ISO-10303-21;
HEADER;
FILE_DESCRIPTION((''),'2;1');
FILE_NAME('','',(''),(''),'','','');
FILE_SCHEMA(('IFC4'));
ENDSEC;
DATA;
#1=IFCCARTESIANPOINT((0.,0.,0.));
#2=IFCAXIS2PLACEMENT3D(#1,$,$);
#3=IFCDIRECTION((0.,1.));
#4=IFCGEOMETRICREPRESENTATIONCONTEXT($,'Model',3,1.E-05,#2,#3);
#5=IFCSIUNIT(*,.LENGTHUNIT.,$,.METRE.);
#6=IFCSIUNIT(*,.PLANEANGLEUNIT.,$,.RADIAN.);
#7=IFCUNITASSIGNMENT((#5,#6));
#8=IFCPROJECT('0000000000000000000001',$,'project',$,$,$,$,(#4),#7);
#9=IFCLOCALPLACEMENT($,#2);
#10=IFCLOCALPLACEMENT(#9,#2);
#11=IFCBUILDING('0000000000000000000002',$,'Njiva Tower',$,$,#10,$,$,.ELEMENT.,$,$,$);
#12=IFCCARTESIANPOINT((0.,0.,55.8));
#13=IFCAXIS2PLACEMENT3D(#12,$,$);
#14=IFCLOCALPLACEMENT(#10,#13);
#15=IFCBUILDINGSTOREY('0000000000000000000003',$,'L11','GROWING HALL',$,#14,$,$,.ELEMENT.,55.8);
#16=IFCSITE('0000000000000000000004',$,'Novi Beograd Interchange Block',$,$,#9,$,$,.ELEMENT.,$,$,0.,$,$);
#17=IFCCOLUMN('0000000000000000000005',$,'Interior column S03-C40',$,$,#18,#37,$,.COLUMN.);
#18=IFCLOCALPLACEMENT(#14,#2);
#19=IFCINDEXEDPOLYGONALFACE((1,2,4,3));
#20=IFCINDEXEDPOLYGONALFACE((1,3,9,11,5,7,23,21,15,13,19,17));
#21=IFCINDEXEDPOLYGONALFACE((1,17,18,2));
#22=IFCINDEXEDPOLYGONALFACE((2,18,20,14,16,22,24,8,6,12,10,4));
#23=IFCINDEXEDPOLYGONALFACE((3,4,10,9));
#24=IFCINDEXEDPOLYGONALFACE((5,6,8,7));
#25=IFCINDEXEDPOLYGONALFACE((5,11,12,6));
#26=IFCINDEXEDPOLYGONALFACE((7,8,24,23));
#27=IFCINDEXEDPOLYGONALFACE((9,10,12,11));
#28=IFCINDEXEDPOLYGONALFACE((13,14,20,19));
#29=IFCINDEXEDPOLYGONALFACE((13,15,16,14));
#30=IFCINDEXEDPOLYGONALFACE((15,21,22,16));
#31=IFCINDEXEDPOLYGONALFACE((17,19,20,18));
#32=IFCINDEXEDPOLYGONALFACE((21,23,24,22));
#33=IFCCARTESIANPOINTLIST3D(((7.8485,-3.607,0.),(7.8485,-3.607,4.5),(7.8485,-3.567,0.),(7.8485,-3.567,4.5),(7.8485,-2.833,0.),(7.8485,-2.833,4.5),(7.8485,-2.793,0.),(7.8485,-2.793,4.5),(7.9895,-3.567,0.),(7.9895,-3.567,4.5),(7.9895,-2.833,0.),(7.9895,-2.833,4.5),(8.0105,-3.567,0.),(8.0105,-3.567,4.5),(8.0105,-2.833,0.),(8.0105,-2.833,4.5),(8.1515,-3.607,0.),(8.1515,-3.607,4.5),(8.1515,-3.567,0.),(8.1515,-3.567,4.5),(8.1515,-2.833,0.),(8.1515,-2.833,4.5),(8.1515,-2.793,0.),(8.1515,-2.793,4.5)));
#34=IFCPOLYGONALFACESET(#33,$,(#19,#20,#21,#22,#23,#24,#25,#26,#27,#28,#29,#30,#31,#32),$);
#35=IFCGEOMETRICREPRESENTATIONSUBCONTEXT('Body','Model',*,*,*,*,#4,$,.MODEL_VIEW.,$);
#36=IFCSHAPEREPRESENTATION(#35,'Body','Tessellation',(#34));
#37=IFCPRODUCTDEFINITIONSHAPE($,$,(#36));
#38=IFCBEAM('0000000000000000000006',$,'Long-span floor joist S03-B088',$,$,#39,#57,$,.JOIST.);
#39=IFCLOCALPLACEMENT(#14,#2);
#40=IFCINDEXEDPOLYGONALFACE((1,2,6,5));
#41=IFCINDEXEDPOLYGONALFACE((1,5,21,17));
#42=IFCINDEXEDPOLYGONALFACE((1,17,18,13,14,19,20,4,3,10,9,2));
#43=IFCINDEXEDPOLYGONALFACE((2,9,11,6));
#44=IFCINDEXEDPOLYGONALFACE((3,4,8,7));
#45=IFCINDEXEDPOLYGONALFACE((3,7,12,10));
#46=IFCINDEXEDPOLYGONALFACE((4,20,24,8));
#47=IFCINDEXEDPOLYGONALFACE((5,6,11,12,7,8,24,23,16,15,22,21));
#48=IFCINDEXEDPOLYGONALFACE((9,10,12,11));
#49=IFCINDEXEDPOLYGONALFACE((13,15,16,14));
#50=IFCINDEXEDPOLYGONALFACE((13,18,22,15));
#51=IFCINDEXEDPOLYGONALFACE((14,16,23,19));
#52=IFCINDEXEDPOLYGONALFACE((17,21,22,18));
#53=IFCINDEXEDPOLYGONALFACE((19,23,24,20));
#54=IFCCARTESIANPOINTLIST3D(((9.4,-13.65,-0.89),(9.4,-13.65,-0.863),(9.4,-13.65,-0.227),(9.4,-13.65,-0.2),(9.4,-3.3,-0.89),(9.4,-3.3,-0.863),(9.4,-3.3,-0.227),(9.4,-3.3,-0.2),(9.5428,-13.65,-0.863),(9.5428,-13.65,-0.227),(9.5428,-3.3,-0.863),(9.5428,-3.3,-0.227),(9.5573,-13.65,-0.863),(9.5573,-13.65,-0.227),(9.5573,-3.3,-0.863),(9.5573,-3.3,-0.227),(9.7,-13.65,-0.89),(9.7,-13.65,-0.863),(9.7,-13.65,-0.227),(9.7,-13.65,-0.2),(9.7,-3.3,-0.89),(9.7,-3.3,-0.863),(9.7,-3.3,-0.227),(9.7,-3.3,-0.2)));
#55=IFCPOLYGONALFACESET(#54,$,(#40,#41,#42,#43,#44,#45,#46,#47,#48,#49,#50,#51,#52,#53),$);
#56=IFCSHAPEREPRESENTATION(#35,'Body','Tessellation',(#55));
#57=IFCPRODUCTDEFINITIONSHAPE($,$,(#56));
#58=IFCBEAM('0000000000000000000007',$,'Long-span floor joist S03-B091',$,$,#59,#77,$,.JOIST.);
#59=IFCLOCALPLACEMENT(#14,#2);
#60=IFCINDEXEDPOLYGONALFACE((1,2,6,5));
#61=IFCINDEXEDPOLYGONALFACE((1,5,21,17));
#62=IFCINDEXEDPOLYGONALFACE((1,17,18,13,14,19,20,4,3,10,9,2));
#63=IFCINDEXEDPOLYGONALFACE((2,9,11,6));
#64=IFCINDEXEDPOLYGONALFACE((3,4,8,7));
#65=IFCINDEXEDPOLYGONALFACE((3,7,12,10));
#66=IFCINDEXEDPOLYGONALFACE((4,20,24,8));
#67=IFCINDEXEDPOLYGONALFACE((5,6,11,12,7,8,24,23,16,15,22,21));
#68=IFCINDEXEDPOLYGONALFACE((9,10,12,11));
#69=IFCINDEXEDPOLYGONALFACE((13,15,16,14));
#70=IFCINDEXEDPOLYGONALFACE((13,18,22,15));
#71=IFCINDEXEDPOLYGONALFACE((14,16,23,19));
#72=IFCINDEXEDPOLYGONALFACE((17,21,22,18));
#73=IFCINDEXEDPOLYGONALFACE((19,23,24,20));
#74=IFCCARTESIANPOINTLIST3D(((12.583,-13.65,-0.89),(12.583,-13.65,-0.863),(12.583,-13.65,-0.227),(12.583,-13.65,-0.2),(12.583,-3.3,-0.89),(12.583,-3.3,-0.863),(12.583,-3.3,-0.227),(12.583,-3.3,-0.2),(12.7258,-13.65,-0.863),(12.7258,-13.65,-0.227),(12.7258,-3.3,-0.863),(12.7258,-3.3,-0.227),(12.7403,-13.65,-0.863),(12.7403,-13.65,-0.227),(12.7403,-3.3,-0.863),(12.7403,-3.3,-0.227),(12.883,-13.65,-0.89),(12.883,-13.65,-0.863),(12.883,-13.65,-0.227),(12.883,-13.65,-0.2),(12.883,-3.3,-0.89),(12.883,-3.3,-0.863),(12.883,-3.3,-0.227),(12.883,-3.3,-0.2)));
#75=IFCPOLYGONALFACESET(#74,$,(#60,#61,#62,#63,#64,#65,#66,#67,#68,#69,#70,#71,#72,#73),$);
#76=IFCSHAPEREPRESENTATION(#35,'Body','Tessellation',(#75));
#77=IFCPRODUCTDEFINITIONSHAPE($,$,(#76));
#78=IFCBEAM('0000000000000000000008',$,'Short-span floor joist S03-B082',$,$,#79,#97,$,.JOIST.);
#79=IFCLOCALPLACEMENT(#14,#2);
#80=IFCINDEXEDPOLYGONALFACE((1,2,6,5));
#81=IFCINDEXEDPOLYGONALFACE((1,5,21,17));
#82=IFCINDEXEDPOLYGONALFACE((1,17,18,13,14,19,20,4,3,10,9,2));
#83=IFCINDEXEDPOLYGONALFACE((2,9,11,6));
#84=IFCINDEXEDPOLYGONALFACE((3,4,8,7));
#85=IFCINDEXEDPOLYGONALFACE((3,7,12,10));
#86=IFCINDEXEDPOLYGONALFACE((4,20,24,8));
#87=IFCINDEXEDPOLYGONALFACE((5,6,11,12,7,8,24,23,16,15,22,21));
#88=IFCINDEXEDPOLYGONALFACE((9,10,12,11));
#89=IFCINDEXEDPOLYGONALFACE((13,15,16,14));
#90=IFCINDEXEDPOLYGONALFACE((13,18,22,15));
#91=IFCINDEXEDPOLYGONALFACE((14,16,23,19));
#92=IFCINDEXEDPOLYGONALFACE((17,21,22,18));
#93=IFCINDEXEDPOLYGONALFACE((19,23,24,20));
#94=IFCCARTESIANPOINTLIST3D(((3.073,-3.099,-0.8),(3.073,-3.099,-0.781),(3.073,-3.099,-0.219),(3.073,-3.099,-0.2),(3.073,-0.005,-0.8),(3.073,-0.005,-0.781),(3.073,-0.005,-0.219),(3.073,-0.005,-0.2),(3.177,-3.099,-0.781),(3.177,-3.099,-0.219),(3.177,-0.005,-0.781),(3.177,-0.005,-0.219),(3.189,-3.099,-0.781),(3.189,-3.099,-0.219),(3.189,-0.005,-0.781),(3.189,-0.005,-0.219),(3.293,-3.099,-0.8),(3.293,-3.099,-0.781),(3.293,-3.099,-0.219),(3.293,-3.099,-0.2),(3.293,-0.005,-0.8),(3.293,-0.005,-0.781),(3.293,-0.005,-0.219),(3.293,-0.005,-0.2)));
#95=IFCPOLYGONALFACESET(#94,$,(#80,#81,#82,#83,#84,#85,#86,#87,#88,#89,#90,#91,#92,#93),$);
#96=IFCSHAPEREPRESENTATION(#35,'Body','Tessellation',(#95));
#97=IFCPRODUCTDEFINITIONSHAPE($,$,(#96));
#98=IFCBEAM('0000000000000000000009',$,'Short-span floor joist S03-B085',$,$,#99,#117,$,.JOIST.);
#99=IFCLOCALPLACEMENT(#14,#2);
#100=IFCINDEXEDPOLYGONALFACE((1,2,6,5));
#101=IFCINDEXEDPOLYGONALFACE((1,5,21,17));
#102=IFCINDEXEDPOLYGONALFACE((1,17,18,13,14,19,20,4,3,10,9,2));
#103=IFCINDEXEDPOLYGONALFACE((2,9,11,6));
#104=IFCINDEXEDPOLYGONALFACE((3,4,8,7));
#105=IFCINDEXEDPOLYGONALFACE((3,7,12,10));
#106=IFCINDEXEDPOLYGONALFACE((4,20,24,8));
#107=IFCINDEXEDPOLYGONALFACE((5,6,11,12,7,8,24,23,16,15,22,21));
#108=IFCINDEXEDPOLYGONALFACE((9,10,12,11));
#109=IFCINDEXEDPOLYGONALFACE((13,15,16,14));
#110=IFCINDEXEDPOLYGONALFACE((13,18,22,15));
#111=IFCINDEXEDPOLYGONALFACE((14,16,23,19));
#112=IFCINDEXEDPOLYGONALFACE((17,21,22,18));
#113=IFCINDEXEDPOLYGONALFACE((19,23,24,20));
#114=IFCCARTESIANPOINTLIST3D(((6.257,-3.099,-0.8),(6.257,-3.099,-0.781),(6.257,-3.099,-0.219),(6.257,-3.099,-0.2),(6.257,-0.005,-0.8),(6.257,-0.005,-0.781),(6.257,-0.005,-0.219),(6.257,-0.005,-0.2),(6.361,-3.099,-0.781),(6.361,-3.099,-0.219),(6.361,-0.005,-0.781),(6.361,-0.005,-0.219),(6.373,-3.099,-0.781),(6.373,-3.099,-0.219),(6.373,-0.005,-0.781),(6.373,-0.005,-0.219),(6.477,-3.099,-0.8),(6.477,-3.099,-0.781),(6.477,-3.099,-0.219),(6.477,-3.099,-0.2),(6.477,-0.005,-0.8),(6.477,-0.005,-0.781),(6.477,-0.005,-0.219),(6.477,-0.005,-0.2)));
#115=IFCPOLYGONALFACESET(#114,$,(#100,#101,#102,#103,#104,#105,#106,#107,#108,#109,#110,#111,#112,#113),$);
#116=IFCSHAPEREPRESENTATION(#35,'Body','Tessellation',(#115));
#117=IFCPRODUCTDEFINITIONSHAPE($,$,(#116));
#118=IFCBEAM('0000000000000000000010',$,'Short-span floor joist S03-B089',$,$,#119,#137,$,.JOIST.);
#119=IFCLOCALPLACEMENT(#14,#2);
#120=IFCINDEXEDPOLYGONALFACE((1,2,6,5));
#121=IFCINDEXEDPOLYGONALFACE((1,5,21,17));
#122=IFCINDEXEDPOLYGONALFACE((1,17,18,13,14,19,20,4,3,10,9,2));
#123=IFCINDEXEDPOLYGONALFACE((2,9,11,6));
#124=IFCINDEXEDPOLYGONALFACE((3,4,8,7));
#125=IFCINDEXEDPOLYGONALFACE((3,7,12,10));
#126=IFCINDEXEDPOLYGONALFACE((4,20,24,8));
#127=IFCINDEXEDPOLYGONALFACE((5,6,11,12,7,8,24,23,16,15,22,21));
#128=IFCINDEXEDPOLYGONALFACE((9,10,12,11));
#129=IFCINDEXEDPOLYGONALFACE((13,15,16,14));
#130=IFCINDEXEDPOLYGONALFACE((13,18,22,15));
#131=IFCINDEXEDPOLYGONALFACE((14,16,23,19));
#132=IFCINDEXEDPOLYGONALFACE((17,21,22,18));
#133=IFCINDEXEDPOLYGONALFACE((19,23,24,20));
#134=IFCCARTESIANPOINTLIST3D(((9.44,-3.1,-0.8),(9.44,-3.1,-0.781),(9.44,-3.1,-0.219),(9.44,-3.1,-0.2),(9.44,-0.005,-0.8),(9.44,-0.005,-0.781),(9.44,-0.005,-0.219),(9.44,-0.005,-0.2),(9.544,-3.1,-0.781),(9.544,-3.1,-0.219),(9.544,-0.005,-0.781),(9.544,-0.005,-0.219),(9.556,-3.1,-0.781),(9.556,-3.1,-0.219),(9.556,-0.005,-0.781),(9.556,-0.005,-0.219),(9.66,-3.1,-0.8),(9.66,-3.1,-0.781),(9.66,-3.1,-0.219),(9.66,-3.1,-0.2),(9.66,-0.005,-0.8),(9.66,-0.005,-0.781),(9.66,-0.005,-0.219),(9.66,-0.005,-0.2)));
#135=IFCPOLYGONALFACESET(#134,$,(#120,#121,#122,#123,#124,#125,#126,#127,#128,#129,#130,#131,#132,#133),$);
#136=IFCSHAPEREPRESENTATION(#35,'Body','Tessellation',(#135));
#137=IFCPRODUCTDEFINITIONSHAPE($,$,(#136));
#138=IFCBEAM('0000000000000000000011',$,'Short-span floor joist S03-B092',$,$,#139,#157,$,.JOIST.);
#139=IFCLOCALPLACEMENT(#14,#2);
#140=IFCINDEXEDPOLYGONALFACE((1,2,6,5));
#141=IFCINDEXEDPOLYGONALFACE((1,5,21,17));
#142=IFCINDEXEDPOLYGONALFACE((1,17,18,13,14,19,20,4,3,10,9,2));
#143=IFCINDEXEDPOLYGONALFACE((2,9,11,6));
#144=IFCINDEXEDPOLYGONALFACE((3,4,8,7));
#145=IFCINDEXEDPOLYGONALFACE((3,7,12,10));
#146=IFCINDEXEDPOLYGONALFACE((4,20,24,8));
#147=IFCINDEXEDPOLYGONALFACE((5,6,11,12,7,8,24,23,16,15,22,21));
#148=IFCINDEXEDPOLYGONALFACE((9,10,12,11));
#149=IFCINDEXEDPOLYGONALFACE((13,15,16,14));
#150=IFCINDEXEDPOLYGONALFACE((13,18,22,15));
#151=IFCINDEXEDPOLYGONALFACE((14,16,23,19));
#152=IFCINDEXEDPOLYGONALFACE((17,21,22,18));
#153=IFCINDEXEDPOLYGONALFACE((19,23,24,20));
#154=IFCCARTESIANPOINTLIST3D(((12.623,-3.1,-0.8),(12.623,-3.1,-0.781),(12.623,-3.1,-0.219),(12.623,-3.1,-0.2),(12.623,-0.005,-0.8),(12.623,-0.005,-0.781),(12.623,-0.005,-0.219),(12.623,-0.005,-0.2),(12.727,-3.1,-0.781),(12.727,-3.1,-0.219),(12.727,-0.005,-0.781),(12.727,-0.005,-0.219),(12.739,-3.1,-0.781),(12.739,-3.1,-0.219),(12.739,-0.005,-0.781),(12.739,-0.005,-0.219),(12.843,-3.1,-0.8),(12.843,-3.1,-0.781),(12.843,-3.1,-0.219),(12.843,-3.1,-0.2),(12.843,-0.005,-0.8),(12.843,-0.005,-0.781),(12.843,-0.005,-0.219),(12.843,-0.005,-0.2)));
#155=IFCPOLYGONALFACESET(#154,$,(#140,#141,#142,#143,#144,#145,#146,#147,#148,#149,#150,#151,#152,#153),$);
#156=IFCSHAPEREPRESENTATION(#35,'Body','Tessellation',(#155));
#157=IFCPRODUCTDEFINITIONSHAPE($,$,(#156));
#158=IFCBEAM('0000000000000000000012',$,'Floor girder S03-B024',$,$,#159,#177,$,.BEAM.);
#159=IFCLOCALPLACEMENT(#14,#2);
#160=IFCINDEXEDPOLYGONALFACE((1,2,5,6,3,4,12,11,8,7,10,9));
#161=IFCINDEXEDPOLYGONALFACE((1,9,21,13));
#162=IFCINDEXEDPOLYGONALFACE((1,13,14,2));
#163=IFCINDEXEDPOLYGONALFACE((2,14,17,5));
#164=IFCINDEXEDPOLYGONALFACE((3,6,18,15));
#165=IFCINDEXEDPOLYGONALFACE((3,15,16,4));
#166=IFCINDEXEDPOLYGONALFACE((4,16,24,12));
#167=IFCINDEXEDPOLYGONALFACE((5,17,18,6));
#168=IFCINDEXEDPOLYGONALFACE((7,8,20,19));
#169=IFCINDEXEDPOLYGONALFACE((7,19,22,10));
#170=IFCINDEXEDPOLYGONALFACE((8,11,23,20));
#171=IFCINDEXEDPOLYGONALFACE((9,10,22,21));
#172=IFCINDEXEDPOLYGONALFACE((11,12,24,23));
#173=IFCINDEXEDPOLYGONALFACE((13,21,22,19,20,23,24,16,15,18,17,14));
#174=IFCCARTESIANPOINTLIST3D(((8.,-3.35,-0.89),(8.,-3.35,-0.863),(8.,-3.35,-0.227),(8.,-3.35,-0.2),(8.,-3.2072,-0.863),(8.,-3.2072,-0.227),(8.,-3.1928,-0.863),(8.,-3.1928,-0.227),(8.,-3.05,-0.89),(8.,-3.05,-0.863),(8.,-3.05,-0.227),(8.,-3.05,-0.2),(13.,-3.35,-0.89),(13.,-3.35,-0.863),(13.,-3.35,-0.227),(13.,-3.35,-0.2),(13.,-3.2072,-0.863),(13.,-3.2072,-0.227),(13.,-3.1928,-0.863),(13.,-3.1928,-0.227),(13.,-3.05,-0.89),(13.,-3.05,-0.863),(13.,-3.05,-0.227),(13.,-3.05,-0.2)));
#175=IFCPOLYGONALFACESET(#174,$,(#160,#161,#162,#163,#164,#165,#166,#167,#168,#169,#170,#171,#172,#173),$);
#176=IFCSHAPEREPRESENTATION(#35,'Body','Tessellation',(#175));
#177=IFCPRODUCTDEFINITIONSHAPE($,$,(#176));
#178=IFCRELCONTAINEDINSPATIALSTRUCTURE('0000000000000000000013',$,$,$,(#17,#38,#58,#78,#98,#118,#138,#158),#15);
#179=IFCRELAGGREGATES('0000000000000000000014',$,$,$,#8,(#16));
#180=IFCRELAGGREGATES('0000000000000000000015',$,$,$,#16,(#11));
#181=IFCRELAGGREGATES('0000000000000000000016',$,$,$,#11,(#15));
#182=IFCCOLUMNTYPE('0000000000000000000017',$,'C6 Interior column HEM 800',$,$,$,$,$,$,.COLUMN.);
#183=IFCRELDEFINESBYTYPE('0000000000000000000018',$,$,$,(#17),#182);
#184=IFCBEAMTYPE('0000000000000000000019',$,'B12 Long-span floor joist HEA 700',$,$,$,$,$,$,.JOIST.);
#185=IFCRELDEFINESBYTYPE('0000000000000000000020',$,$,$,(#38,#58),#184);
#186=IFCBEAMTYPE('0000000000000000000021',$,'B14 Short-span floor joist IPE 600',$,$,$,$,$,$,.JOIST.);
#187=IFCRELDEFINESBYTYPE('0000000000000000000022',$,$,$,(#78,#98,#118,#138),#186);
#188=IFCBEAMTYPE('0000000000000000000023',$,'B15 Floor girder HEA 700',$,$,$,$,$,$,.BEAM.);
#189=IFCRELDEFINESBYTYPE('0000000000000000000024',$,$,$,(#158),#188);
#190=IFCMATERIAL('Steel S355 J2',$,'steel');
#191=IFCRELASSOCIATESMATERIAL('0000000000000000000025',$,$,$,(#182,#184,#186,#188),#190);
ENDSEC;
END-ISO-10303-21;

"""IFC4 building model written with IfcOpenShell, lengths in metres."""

from ifc_helpers import new_model, si_unit, direction, frame, origin, origin_2d, place, context, subcontext, project, spatial, i_section, extrude, material, material_profile, profile_set, type_object, element, save


model = new_model("IFC4")

# Units and contexts
model_context = context("Model", 3, precision=1e-05, world=origin(), true_north=direction((0.0, 1.0)))
body_context = subcontext(model_context, "Body", "Model", "MODEL_VIEW")
ifc_project = project(units=[si_unit("LENGTHUNIT", "METRE"), si_unit("PLANEANGLEUNIT", "RADIAN")], contexts=[model_context])

# Site, building, storey
site_placement = place(None, origin())
site = spatial("IfcSite", under=ifc_project, at=site_placement, Name="Novi Beograd Interchange Block", CompositionType="ELEMENT", RefElevation=0.0)
building_placement = place(site_placement, origin())
building = spatial("IfcBuilding", under=site, at=building_placement, Name="Njiva Tower", CompositionType="ELEMENT")
storey_placement = place(building_placement, frame((0.0, 0.0, 55.8)))
storey = spatial("IfcBuildingStorey", under=building, at=storey_placement, Name="L11", Description="GROWING HALL", CompositionType="ELEMENT", Elevation=55.8)

# Column
ifc_material_1 = material(Name="Steel S355 J2", Category="steel")
ifc_material_profile_1 = material_profile(ifc_material_1, i_section(OverallWidth=0.303, OverallDepth=0.814, WebThickness=0.021, FlangeThickness=0.04, at=origin_2d()), Name="HEM 800")
ifc_profile_set_1 = profile_set([ifc_material_profile_1], Name="Steel S355 J2")
column_type = type_object("IfcColumnType", Name="C6 Interior column HEM 800", PredefinedType="COLUMN", material=ifc_profile_set_1)
column_placement = place(storey_placement, frame((8.0, -3.2, 0.0), z_axis=(0.0, 0.0, 1.0), x_axis=(1.0, 0.0, 0.0)))
element("IfcColumn", 1, at=column_placement, inside=storey, type_object=column_type, Name="Interior column S03-C40", PredefinedType="COLUMN", context=body_context, shape_type="SweptSolid", body=[
    extrude(i_section(OverallWidth=0.303, OverallDepth=0.814, WebThickness=0.021, FlangeThickness=0.04, at=origin_2d()), origin(), (0.0, 0.0, 1.0), 4.5),
])

# Beams
ifc_material_profile_2 = material_profile(ifc_material_1, i_section(OverallWidth=0.3, OverallDepth=0.69, WebThickness=0.0145, FlangeThickness=0.027, at=origin_2d()), Name="HEA 700")
ifc_profile_set_2 = profile_set([ifc_material_profile_2], Name="Steel S355 J2")
beam_type_1 = type_object("IfcBeamType", Name="B12 Long-span floor joist HEA 700", PredefinedType="JOIST", material=ifc_profile_set_2)
for number, where, z_axis, x_axis, name in (
    (2, (9.55, -3.3, -0.545), (0.0, -1.0, 0.0), (1.0, 0.0, 0.0), "Long-span floor joist S03-B088"),
    (3, (12.733, -3.3, -0.545), (0.0, -1.0, 0.0), (1.0, 0.0, 0.0), "Long-span floor joist S03-B091"),
):
    element("IfcBeam", number, at=place(storey_placement, frame(where, z_axis=z_axis, x_axis=x_axis)), inside=storey, type_object=beam_type_1, Name=name, PredefinedType="JOIST", context=body_context, shape_type="SweptSolid", body=[
        extrude(i_section(OverallWidth=0.3, OverallDepth=0.69, WebThickness=0.0145, FlangeThickness=0.027, at=origin_2d()), origin(), (0.0, 0.0, 1.0), 10.35),
    ])
ifc_material_profile_3 = material_profile(ifc_material_1, i_section(OverallWidth=0.22, OverallDepth=0.6, WebThickness=0.012, FlangeThickness=0.019, at=origin_2d()), Name="IPE 600")
ifc_profile_set_3 = profile_set([ifc_material_profile_3], Name="Steel S355 J2")
beam_type_2 = type_object("IfcBeamType", Name="B14 Short-span floor joist IPE 600", PredefinedType="JOIST", material=ifc_profile_set_3)
for number, where, z_axis, x_axis, name in (
    (4, (3.183, -0.005, -0.5), (0.0, -1.0, 0.0), (1.0, 0.0, 0.0), "Short-span floor joist S03-B082"),
    (5, (6.367, -0.005, -0.5), (0.0, -1.0, 0.0), (1.0, 0.0, 0.0), "Short-span floor joist S03-B085"),
):
    element("IfcBeam", number, at=place(storey_placement, frame(where, z_axis=z_axis, x_axis=x_axis)), inside=storey, type_object=beam_type_2, Name=name, PredefinedType="JOIST", context=body_context, shape_type="SweptSolid", body=[
        extrude(i_section(OverallWidth=0.22, OverallDepth=0.6, WebThickness=0.012, FlangeThickness=0.019, at=origin_2d()), origin(), (0.0, 0.0, 1.0), 3.094),
    ])
for number, where, z_axis, x_axis, name in (
    (6, (9.55, -0.005, -0.5), (0.0, -1.0, 0.0), (1.0, 0.0, 0.0), "Short-span floor joist S03-B089"),
    (7, (12.733, -0.005, -0.5), (0.0, -1.0, 0.0), (1.0, 0.0, 0.0), "Short-span floor joist S03-B092"),
):
    element("IfcBeam", number, at=place(storey_placement, frame(where, z_axis=z_axis, x_axis=x_axis)), inside=storey, type_object=beam_type_2, Name=name, PredefinedType="JOIST", context=body_context, shape_type="SweptSolid", body=[
        extrude(i_section(OverallWidth=0.22, OverallDepth=0.6, WebThickness=0.012, FlangeThickness=0.019, at=origin_2d()), origin(), (0.0, 0.0, 1.0), 3.095),
    ])
ifc_material_profile_4 = material_profile(ifc_material_1, i_section(OverallWidth=0.3, OverallDepth=0.69, WebThickness=0.0145, FlangeThickness=0.027, at=origin_2d()), Name="HEA 700")
ifc_profile_set_4 = profile_set([ifc_material_profile_4], Name="Steel S355 J2")
beam_type_3 = type_object("IfcBeamType", Name="B15 Floor girder HEA 700", PredefinedType="BEAM", material=ifc_profile_set_4)
beam_1_placement = place(storey_placement, frame((8.0, -3.2, -0.545), z_axis=(1.0, 0.0, 0.0), x_axis=(0.0, 1.0, 0.0)))
element("IfcBeam", 8, at=beam_1_placement, inside=storey, type_object=beam_type_3, Name="Floor girder S03-B024", PredefinedType="BEAM", context=body_context, shape_type="SweptSolid", body=[
    extrude(i_section(OverallWidth=0.3, OverallDepth=0.69, WebThickness=0.0145, FlangeThickness=0.027, at=origin_2d()), origin(), (0.0, 0.0, 1.0), 5.0),
])

save(model, "model.ifc")
